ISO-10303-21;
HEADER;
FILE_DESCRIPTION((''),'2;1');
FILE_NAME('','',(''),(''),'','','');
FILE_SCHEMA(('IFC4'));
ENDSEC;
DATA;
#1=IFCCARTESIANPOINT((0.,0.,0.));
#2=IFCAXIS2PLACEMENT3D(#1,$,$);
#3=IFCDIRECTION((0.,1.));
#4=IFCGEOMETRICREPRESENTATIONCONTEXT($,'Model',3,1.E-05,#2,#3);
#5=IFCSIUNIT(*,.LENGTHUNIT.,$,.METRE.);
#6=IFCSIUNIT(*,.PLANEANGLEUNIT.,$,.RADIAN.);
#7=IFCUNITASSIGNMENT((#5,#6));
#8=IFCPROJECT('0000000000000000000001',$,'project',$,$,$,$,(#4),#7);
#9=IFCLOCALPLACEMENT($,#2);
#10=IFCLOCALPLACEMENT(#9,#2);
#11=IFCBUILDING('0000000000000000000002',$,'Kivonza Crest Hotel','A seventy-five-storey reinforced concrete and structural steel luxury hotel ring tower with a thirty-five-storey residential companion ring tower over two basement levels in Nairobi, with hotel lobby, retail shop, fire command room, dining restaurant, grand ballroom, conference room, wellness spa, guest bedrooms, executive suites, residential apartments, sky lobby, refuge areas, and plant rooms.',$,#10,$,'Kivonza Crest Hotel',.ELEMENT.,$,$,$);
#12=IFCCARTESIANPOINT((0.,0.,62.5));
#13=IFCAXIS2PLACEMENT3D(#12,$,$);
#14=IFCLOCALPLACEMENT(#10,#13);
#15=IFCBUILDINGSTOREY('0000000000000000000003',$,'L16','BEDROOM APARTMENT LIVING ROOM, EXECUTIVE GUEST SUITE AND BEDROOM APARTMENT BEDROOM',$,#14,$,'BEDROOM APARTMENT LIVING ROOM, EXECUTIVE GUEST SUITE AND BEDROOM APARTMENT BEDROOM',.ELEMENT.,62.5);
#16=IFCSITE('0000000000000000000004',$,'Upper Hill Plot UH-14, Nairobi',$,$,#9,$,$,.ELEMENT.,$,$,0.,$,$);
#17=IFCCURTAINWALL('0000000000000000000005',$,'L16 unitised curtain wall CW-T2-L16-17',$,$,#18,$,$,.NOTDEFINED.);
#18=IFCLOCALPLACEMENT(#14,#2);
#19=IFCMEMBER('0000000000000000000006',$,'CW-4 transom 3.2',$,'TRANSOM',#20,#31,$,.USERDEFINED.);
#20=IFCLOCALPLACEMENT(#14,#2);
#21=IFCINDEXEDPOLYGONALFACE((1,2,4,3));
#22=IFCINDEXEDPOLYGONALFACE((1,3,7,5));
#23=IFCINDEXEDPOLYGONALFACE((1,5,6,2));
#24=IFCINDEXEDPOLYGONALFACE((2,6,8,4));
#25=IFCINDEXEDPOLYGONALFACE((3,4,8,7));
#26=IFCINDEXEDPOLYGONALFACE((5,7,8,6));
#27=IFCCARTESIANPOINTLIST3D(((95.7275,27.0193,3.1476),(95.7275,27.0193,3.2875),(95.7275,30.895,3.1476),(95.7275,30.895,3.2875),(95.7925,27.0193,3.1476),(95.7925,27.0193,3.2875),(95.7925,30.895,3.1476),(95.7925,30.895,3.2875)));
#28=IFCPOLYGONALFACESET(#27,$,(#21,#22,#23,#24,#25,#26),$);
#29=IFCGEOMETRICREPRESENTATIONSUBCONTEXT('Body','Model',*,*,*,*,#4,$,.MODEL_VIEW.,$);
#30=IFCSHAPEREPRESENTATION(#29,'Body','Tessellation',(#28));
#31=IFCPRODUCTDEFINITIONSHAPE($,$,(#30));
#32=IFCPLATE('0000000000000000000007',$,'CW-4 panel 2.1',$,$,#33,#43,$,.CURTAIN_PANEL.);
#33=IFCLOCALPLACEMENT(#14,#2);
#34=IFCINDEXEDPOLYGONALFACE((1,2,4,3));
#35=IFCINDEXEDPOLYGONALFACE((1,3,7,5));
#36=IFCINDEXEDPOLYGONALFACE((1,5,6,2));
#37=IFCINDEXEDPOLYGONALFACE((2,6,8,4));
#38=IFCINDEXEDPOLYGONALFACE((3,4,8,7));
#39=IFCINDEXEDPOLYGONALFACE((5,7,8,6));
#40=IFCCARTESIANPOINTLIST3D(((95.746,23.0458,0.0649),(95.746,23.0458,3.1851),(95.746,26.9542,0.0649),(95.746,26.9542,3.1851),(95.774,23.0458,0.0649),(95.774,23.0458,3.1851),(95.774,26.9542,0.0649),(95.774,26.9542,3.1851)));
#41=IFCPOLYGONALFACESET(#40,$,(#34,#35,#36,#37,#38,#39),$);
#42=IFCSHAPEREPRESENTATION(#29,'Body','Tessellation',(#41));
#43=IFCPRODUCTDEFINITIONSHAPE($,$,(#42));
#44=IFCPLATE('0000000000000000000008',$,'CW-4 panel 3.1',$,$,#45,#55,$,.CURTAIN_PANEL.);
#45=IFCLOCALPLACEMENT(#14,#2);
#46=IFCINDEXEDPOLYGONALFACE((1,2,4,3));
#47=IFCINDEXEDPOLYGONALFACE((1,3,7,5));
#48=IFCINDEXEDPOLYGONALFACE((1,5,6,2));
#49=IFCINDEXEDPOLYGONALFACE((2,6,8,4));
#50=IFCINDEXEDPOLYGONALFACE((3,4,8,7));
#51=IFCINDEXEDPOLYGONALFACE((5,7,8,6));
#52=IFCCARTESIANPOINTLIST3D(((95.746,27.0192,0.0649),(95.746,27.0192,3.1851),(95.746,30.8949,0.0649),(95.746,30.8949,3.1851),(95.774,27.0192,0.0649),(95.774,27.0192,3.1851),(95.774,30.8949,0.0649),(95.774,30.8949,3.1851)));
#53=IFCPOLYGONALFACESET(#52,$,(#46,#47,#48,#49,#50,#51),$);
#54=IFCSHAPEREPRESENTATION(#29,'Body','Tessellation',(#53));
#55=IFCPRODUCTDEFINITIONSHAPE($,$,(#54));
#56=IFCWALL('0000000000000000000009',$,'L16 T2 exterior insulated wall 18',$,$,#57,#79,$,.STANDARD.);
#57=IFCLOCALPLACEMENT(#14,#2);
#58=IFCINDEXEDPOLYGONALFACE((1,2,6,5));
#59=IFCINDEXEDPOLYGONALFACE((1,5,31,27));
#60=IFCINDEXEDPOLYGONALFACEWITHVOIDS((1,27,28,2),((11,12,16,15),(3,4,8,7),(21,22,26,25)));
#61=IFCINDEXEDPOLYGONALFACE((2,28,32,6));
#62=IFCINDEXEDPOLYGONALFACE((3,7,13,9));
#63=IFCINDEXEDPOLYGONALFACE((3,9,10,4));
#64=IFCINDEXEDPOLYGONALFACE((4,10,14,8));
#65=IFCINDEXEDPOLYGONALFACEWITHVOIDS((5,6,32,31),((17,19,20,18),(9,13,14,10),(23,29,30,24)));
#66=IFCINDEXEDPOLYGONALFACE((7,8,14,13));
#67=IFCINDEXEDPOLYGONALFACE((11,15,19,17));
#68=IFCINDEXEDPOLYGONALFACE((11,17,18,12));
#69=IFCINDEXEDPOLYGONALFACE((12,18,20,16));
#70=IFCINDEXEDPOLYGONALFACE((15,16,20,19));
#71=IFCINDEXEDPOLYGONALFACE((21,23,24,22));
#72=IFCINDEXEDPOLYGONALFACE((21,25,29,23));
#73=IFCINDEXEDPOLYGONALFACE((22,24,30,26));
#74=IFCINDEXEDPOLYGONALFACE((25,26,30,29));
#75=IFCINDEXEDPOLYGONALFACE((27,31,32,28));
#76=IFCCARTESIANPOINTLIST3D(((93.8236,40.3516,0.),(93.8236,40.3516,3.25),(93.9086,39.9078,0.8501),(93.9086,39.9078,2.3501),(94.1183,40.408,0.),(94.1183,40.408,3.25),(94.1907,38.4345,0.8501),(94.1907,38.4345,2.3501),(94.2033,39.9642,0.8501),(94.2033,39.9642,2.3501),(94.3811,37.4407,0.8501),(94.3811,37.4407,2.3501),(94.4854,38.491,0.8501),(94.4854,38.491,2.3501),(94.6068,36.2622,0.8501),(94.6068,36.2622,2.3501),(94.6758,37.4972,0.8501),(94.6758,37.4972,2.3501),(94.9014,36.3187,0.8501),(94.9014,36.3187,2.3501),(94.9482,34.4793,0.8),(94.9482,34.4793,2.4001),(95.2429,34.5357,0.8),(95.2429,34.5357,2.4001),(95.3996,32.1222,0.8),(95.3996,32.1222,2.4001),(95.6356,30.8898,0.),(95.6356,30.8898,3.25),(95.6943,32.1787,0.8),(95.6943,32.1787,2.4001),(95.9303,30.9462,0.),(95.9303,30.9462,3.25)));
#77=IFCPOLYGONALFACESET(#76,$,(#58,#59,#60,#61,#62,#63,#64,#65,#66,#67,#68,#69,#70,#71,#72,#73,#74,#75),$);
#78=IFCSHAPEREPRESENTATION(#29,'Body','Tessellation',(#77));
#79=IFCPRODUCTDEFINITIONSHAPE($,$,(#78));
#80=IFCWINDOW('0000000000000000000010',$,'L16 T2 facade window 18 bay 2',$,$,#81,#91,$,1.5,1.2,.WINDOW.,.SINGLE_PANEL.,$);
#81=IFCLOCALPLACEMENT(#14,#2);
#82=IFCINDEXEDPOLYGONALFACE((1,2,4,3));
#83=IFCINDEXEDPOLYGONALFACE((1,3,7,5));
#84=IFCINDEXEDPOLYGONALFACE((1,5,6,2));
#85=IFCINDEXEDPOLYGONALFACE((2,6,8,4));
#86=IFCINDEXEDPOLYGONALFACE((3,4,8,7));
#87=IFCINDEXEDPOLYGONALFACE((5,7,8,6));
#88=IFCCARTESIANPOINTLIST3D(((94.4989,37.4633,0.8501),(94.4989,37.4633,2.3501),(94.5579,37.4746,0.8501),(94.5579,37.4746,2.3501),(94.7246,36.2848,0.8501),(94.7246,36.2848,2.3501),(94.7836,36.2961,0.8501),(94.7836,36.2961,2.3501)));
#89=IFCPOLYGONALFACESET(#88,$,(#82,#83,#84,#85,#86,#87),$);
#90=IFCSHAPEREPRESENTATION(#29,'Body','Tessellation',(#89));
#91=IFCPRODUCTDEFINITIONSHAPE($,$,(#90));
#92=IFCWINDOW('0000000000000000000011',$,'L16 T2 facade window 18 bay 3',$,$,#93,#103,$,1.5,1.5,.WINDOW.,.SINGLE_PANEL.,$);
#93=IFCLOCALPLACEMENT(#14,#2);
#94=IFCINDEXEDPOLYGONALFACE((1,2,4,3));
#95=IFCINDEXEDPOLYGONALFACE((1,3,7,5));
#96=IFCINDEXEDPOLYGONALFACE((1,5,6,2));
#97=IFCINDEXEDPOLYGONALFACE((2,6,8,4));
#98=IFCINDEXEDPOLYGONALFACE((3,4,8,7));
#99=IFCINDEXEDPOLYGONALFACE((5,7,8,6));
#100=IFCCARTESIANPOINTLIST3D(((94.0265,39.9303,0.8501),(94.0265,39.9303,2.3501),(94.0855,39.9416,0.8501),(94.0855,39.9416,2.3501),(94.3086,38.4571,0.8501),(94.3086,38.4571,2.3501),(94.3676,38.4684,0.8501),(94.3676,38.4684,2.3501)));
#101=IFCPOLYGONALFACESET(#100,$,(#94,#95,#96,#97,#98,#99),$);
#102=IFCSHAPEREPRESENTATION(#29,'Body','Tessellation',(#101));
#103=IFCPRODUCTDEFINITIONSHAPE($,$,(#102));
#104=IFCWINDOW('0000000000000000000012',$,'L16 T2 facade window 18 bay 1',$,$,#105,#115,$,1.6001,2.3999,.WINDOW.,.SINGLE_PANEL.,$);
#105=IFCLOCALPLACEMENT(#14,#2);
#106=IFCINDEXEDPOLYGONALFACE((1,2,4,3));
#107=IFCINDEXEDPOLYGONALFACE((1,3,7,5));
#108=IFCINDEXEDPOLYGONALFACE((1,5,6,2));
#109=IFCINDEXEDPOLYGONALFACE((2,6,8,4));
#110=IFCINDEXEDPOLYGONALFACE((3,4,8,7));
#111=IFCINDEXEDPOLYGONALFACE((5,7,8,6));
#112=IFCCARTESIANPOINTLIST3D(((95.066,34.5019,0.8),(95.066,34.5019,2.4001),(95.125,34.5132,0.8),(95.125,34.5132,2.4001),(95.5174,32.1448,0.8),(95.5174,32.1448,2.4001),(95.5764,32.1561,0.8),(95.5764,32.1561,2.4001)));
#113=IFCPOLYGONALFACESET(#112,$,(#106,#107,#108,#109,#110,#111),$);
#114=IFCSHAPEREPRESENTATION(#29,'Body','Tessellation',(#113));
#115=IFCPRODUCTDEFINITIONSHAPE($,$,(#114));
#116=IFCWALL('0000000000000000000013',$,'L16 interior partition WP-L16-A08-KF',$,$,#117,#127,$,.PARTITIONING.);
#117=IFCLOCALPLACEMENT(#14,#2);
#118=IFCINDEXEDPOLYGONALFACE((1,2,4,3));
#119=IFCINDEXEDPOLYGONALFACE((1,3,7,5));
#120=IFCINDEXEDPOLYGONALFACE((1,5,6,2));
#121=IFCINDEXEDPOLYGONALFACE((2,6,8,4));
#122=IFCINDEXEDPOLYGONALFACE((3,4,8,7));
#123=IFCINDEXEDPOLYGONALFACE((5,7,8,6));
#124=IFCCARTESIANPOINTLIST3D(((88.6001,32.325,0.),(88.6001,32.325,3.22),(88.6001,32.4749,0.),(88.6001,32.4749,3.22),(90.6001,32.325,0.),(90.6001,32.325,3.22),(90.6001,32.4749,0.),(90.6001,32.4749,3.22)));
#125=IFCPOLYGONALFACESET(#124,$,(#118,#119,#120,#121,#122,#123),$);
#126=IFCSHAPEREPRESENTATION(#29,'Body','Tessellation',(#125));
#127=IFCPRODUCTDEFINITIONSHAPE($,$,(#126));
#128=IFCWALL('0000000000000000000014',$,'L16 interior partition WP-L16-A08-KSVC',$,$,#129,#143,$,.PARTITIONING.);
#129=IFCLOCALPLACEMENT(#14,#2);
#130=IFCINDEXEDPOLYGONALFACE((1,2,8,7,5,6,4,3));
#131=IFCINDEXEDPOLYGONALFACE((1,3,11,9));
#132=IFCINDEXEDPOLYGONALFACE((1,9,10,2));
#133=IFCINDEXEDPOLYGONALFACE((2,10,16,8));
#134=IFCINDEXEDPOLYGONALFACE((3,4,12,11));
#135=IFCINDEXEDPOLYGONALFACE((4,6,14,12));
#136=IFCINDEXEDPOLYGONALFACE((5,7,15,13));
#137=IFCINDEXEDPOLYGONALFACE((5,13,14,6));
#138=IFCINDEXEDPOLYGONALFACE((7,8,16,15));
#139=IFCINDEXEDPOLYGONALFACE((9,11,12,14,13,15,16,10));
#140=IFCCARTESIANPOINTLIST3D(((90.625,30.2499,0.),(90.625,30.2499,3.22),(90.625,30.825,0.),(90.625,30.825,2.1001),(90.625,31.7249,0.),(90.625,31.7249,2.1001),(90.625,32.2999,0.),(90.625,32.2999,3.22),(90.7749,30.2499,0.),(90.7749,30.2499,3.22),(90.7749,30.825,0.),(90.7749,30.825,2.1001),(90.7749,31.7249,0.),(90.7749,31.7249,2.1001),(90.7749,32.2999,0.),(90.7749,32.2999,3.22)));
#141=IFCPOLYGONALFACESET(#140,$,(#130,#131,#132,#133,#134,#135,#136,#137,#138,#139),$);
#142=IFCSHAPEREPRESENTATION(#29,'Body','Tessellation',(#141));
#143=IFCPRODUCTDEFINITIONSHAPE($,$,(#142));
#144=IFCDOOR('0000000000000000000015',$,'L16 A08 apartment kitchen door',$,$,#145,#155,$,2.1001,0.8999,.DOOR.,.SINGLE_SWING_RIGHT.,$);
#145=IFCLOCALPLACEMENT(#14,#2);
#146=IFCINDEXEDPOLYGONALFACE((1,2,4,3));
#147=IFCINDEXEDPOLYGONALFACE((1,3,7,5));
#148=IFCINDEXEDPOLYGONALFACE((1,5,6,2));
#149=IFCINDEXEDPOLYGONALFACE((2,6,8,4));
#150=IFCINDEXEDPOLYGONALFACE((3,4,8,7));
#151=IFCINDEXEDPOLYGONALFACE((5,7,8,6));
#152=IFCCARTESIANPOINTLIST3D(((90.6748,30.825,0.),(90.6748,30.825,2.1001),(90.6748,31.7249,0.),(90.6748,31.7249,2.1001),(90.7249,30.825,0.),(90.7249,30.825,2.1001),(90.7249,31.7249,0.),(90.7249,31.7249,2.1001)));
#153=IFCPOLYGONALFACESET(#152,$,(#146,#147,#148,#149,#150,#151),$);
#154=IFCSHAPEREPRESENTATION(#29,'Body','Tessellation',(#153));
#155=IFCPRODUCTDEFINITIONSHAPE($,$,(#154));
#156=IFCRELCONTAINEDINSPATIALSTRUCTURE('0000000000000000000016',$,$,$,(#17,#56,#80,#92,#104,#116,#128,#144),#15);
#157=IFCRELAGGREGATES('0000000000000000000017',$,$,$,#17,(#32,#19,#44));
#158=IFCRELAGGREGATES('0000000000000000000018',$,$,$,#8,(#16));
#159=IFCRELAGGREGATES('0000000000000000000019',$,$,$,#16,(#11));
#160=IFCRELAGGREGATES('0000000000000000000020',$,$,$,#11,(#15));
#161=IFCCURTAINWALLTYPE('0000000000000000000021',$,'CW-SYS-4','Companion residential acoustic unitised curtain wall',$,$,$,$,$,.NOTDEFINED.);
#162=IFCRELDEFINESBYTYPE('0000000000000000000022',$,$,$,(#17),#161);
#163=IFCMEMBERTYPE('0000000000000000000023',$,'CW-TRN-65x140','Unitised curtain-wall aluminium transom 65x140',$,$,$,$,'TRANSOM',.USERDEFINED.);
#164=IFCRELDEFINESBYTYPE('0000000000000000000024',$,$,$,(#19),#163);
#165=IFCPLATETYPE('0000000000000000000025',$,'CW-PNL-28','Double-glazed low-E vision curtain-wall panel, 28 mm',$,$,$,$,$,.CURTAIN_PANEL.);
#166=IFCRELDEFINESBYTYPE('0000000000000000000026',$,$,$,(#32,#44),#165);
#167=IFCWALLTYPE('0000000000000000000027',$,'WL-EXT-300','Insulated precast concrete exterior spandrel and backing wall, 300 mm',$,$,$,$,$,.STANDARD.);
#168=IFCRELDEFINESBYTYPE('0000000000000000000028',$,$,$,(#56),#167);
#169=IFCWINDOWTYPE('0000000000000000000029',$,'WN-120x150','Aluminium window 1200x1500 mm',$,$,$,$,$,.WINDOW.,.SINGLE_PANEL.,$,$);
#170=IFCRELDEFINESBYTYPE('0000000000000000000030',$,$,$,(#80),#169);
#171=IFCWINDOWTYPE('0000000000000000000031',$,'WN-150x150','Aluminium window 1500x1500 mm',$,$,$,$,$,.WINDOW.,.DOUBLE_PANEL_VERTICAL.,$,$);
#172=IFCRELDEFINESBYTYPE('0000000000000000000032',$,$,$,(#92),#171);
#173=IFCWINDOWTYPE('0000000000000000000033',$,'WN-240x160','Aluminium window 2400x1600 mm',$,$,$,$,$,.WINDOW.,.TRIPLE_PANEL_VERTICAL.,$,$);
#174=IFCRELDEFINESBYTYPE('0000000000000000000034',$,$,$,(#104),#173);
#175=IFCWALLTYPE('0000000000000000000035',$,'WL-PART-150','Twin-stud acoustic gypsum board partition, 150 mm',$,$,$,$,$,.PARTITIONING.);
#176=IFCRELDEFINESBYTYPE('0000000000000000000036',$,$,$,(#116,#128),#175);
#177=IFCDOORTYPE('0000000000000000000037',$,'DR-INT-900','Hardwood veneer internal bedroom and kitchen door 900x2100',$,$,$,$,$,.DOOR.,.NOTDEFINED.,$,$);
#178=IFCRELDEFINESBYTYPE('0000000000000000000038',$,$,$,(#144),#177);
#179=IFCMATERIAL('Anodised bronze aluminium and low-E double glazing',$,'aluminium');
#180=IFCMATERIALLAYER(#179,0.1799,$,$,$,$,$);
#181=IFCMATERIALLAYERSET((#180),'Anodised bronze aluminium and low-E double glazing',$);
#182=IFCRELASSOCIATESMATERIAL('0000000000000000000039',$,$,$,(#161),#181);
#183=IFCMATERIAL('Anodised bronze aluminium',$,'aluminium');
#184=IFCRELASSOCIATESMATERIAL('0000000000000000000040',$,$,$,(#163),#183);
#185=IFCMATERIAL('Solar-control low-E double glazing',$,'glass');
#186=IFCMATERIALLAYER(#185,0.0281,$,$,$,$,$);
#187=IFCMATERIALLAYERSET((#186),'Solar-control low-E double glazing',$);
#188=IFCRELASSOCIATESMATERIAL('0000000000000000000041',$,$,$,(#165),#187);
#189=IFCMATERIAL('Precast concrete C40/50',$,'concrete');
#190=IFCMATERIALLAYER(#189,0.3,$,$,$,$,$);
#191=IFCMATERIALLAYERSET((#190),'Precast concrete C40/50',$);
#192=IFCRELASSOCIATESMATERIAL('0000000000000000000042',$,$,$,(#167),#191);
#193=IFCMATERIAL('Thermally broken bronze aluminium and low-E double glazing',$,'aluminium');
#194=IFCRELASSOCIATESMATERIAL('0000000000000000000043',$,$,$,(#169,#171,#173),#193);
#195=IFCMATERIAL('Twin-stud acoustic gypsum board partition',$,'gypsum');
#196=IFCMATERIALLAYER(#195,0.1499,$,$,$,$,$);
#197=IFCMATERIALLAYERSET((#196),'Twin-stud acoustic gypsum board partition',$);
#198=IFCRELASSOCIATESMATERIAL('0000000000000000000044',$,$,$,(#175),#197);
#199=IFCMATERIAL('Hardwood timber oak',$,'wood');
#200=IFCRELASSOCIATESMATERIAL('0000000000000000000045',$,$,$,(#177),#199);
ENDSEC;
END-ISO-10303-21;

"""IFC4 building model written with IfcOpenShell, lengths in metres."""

from ifc_helpers import new_model, si_unit, direction, frame, frame_2d, origin, origin_2d, place, context, subcontext, project, spatial, rectangle, extrude, material, layer, layer_set, material_profile, profile_set, type_object, element, fill, aggregate, save


model = new_model("IFC4")

# Units and contexts
model_context = context("Model", 3, precision=1e-05, world=origin(), true_north=direction((0.0, 1.0)))
body_context = subcontext(model_context, "Body", "Model", "MODEL_VIEW")
ifc_project = project(units=[si_unit("LENGTHUNIT", "METRE"), si_unit("PLANEANGLEUNIT", "RADIAN")], contexts=[model_context])

# Site, building, storey
site_placement = place(None, origin())
site = spatial("IfcSite", under=ifc_project, at=site_placement, Name="Upper Hill Plot UH-14, Nairobi", CompositionType="ELEMENT", RefElevation=0.0)
building_placement = place(site_placement, origin())
building = spatial("IfcBuilding", under=site, at=building_placement, Name="Kivonza Crest Hotel", Description="A seventy-five-storey reinforced concrete and structural steel luxury hotel ring tower with a thirty-five-storey residential companion ring tower over two basement levels in Nairobi, with hotel lobby, retail shop, fire command room, dining restaurant, grand ballroom, conference room, wellness spa, guest bedrooms, executive suites, residential apartments, sky lobby, refuge areas, and plant rooms.", LongName="Kivonza Crest Hotel", CompositionType="ELEMENT")
storey_placement = place(building_placement, frame((0.0, 0.0, 62.5)))
storey = spatial("IfcBuildingStorey", under=building, at=storey_placement, Name="L16", Description="BEDROOM APARTMENT LIVING ROOM, EXECUTIVE GUEST SUITE AND BEDROOM APARTMENT BEDROOM", LongName="BEDROOM APARTMENT LIVING ROOM, EXECUTIVE GUEST SUITE AND BEDROOM APARTMENT BEDROOM", CompositionType="ELEMENT", Elevation=62.5)

# Curtain wall, member, plates
ifc_material_1 = material(Name="Anodised bronze aluminium and low-E double glazing", Category="aluminium")
ifc_layer_1 = layer(ifc_material_1, 0.1799)
ifc_layer_set_1 = layer_set([ifc_layer_1], Name="Anodised bronze aluminium and low-E double glazing")
curtain_wall_type = type_object("IfcCurtainWallType", Name="CW-SYS-4", Description="Companion residential acoustic unitised curtain wall", PredefinedType="NOTDEFINED", material=ifc_layer_set_1)
curtain_wall_placement = place(storey_placement, origin())
curtain_wall = element("IfcCurtainWall", 1, at=curtain_wall_placement, inside=storey, type_object=curtain_wall_type, Name="L16 unitised curtain wall CW-T2-L16-17", PredefinedType="NOTDEFINED")
ifc_material_2 = material(Name="Anodised bronze aluminium", Category="aluminium")
ifc_material_profile_1 = material_profile(ifc_material_2, rectangle(XDim=0.0649, YDim=0.1399, at=origin_2d()), Name="CW-T 65x140")
ifc_profile_set_1 = profile_set([ifc_material_profile_1], Name="Anodised bronze aluminium")
member_type_1 = type_object("IfcMemberType", Name="CW-TRN-65x140", Description="Unitised curtain-wall aluminium transom 65x140", ElementType="TRANSOM", PredefinedType="USERDEFINED", material=ifc_profile_set_1)
member_1_placement = place(storey_placement, frame((95.76, 27.0193, 3.2175), z_axis=(0.0, 1.0, 0.0), x_axis=(-1.0, 0.0, 0.0)))
member_1 = element("IfcMember", 2, at=member_1_placement, type_object=member_type_1, Name="CW-4 transom 3.2", ObjectType="TRANSOM", PredefinedType="USERDEFINED", context=body_context, shape_type="SweptSolid", body=[
    extrude(rectangle(XDim=0.0649, YDim=0.1399, at=origin_2d()), origin(), (0.0, 0.0, 1.0), 3.8757),
])
ifc_material_3 = material(Name="Solar-control low-E double glazing", Category="glass")
ifc_layer_2 = layer(ifc_material_3, 0.0281)
ifc_layer_set_2 = layer_set([ifc_layer_2], Name="Solar-control low-E double glazing")
plate_type = type_object("IfcPlateType", Name="CW-PNL-28", Description="Double-glazed low-E vision curtain-wall panel, 28 mm", PredefinedType="CURTAIN_PANEL", material=ifc_layer_set_2)
plate_1_placement = place(storey_placement, frame((95.76, 25.0, 0.0649), z_axis=(0.0, 0.0, 1.0), x_axis=(0.0, 1.0, 0.0)))
plate_1 = element("IfcPlate", 3, at=plate_1_placement, type_object=plate_type, Name="CW-4 panel 2.1", PredefinedType="CURTAIN_PANEL", context=body_context, shape_type="SweptSolid", body=[
    extrude(rectangle(XDim=3.9084, YDim=0.0281, at=origin_2d()), origin(), (0.0, 0.0, 1.0), 3.1201),
])
plate_2_placement = place(storey_placement, frame((95.76, 28.957, 0.0649), z_axis=(0.0, 0.0, 1.0), x_axis=(0.0, 1.0, 0.0)))
plate_2 = element("IfcPlate", 4, at=plate_2_placement, type_object=plate_type, Name="CW-4 panel 3.1", PredefinedType="CURTAIN_PANEL", context=body_context, shape_type="SweptSolid", body=[
    extrude(rectangle(XDim=3.8757, YDim=0.0281, at=origin_2d()), origin(), (0.0, 0.0, 1.0), 3.1201),
])
aggregate(curtain_wall, [plate_1, member_1, plate_2])

# Wall, openings, windows
ifc_material_4 = material(Name="Precast concrete C40/50", Category="concrete")
ifc_layer_3 = layer(ifc_material_4, 0.3)
ifc_layer_set_3 = layer_set([ifc_layer_3], Name="Precast concrete C40/50")
wall_type_1 = type_object("IfcWallType", Name="WL-EXT-300", Description="Insulated precast concrete exterior spandrel and backing wall, 300 mm", PredefinedType="STANDARD", material=ifc_layer_set_3)
wall_1_placement = place(storey_placement, frame((95.783, 30.918, 0.0), z_axis=(0.0, 0.0, 1.0), x_axis=(-0.188088, 0.982152, 0.0)))
wall_1 = element("IfcWall", 5, at=wall_1_placement, inside=storey, type_object=wall_type_1, Name="L16 T2 exterior insulated wall 18", PredefinedType="STANDARD", context=body_context, shape_type="SweptSolid", body=[
    extrude(rectangle(XDim=9.6338, YDim=0.3, at=frame_2d((4.8169, 0.0))), origin(), (0.0, 0.0, 1.0), 3.25),
])
opening_1_placement = place(wall_1_placement, frame((1.2549, 0.0, 0.8)))
opening_1 = element("IfcOpeningElement", 6, at=opening_1_placement, cuts=wall_1, PredefinedType="OPENING", context=body_context, shape_type="SweptSolid", body=[
    extrude(rectangle(XDim=2.3999, YDim=1.6001, at=frame_2d((1.2, 0.8))), frame((0.0, 0.1602, 0.0), z_axis=(0.0, -1.0, 0.0), x_axis=(1.0, 0.0, 0.0)), (0.0, 0.0, 1.0), 0.3201),
])
opening_2_placement = place(wall_1_placement, frame((5.47, 0.0, 0.8501)))
opening_2 = element("IfcOpeningElement", 7, at=opening_2_placement, cuts=wall_1, PredefinedType="OPENING", context=body_context, shape_type="SweptSolid", body=[
    extrude(rectangle(XDim=1.2, YDim=1.5, at=frame_2d((0.6001, 0.75))), frame((0.0, 0.1602, 0.0), z_axis=(0.0, -1.0, 0.0), x_axis=(1.0, 0.0, 0.0)), (0.0, 0.0, 1.0), 0.3201),
])
opening_3_placement = place(wall_1_placement, frame((7.6819, 0.0, 0.8501)))
opening_3 = element("IfcOpeningElement", 8, at=opening_3_placement, cuts=wall_1, PredefinedType="OPENING", context=body_context, shape_type="SweptSolid", body=[
    extrude(rectangle(XDim=1.5, YDim=1.5, at=frame_2d((0.75, 0.75))), frame((0.0, 0.1602, 0.0), z_axis=(0.0, -1.0, 0.0), x_axis=(1.0, 0.0, 0.0)), (0.0, 0.0, 1.0), 0.3201),
])
ifc_material_5 = material(Name="Thermally broken bronze aluminium and low-E double glazing", Category="aluminium")
window_type_1 = type_object("IfcWindowType", Name="WN-120x150", Description="Aluminium window 1200x1500 mm", PartitioningType="SINGLE_PANEL", PredefinedType="WINDOW", material=ifc_material_5)
window_1_placement = place(opening_2_placement, origin())
window_1 = element("IfcWindow", 9, at=window_1_placement, inside=storey, type_object=window_type_1, Name="L16 T2 facade window 18 bay 2", OverallHeight=1.5, OverallWidth=1.2, PartitioningType="SINGLE_PANEL", PredefinedType="WINDOW", context=body_context, shape_type="SweptSolid", body=[
    extrude(rectangle(XDim=1.2, YDim=1.5, at=frame_2d((0.6001, 0.75))), frame((0.0, 0.03, 0.0), z_axis=(0.0, -1.0, 0.0), x_axis=(1.0, 0.0, 0.0)), (0.0, 0.0, 1.0), 0.0601),
])
fill(opening_2, window_1)
window_type_2 = type_object("IfcWindowType", Name="WN-150x150", Description="Aluminium window 1500x1500 mm", PartitioningType="DOUBLE_PANEL_VERTICAL", PredefinedType="WINDOW", material=ifc_material_5)
window_2_placement = place(opening_3_placement, origin())
window_2 = element("IfcWindow", 10, at=window_2_placement, inside=storey, type_object=window_type_2, Name="L16 T2 facade window 18 bay 3", OverallHeight=1.5, OverallWidth=1.5, PartitioningType="SINGLE_PANEL", PredefinedType="WINDOW", context=body_context, shape_type="SweptSolid", body=[
    extrude(rectangle(XDim=1.5, YDim=1.5, at=frame_2d((0.75, 0.75))), frame((0.0, 0.03, 0.0), z_axis=(0.0, -1.0, 0.0), x_axis=(1.0, 0.0, 0.0)), (0.0, 0.0, 1.0), 0.0601),
])
fill(opening_3, window_2)
window_type_3 = type_object("IfcWindowType", Name="WN-240x160", Description="Aluminium window 2400x1600 mm", PartitioningType="TRIPLE_PANEL_VERTICAL", PredefinedType="WINDOW", material=ifc_material_5)
window_3_placement = place(opening_1_placement, origin())
window_3 = element("IfcWindow", 11, at=window_3_placement, inside=storey, type_object=window_type_3, Name="L16 T2 facade window 18 bay 1", OverallHeight=1.6001, OverallWidth=2.3999, PartitioningType="SINGLE_PANEL", PredefinedType="WINDOW", context=body_context, shape_type="SweptSolid", body=[
    extrude(rectangle(XDim=2.3999, YDim=1.6001, at=frame_2d((1.2, 0.8))), frame((0.0, 0.03, 0.0), z_axis=(0.0, -1.0, 0.0), x_axis=(1.0, 0.0, 0.0)), (0.0, 0.0, 1.0), 0.0601),
])
fill(opening_1, window_3)

# Wall
ifc_material_6 = material(Name="Twin-stud acoustic gypsum board partition", Category="gypsum")
ifc_layer_4 = layer(ifc_material_6, 0.1499)
ifc_layer_set_4 = layer_set([ifc_layer_4], Name="Twin-stud acoustic gypsum board partition")
wall_type_2 = type_object("IfcWallType", Name="WL-PART-150", Description="Twin-stud acoustic gypsum board partition, 150 mm", PredefinedType="PARTITIONING", material=ifc_layer_set_4)
wall_2_placement = place(storey_placement, frame((88.6001, 32.3999, 0.0), z_axis=(0.0, 0.0, 1.0), x_axis=(1.0, 0.0, 0.0)))
element("IfcWall", 12, at=wall_2_placement, inside=storey, type_object=wall_type_2, Name="L16 interior partition WP-L16-A08-KF", PredefinedType="PARTITIONING", context=body_context, shape_type="SweptSolid", body=[
    extrude(rectangle(XDim=2.0, YDim=0.1499, at=frame_2d((1.0, 0.0))), origin(), (0.0, 0.0, 1.0), 3.22),
])

# Wall, opening, door
wall_3_placement = place(storey_placement, frame((90.7, 30.25, 0.0), z_axis=(0.0, 0.0, 1.0), x_axis=(0.0, 1.0, 0.0)))
wall_3 = element("IfcWall", 13, at=wall_3_placement, inside=storey, type_object=wall_type_2, Name="L16 interior partition WP-L16-A08-KSVC", PredefinedType="PARTITIONING", context=body_context, shape_type="SweptSolid", body=[
    extrude(rectangle(XDim=2.05, YDim=0.1499, at=frame_2d((1.0249, 0.0))), origin(), (0.0, 0.0, 1.0), 3.22),
])
opening_4_placement = place(wall_3_placement, frame((0.575, 0.0, 0.0)))
opening_4 = element("IfcOpeningElement", 14, at=opening_4_placement, cuts=wall_3, PredefinedType="OPENING", context=body_context, shape_type="SweptSolid", body=[
    extrude(rectangle(XDim=0.8999, YDim=2.1001, at=frame_2d((0.45, 1.05))), frame((0.0, 0.085, 0.0), z_axis=(0.0, -1.0, 0.0), x_axis=(1.0, 0.0, 0.0)), (0.0, 0.0, 1.0), 0.1699),
])
ifc_material_7 = material(Name="Hardwood timber oak", Category="wood")
door_type_1 = type_object("IfcDoorType", Name="DR-INT-900", Description="Hardwood veneer internal bedroom and kitchen door 900x2100", OperationType="NOTDEFINED", PredefinedType="DOOR", material=ifc_material_7)
door_1_placement = place(opening_4_placement, frame((0.8999, 0.0, 0.0), z_axis=(0.0, 0.0, 1.0), x_axis=(-1.0, 0.0, 0.0)))
door_1 = element("IfcDoor", 15, at=door_1_placement, inside=storey, type_object=door_type_1, Name="L16 A08 apartment kitchen door", OperationType="SINGLE_SWING_RIGHT", OverallHeight=2.1001, OverallWidth=0.8999, PredefinedType="DOOR", context=body_context, shape_type="SweptSolid", body=[
    extrude(rectangle(XDim=0.8999, YDim=2.1001, at=frame_2d((0.45, 1.05))), frame((0.0, 0.0249, 0.0), z_axis=(0.0, -1.0, 0.0), x_axis=(1.0, 0.0, 0.0)), (0.0, 0.0, 1.0), 0.05),
])
fill(opening_4, door_1)

save(model, "model.ifc")
